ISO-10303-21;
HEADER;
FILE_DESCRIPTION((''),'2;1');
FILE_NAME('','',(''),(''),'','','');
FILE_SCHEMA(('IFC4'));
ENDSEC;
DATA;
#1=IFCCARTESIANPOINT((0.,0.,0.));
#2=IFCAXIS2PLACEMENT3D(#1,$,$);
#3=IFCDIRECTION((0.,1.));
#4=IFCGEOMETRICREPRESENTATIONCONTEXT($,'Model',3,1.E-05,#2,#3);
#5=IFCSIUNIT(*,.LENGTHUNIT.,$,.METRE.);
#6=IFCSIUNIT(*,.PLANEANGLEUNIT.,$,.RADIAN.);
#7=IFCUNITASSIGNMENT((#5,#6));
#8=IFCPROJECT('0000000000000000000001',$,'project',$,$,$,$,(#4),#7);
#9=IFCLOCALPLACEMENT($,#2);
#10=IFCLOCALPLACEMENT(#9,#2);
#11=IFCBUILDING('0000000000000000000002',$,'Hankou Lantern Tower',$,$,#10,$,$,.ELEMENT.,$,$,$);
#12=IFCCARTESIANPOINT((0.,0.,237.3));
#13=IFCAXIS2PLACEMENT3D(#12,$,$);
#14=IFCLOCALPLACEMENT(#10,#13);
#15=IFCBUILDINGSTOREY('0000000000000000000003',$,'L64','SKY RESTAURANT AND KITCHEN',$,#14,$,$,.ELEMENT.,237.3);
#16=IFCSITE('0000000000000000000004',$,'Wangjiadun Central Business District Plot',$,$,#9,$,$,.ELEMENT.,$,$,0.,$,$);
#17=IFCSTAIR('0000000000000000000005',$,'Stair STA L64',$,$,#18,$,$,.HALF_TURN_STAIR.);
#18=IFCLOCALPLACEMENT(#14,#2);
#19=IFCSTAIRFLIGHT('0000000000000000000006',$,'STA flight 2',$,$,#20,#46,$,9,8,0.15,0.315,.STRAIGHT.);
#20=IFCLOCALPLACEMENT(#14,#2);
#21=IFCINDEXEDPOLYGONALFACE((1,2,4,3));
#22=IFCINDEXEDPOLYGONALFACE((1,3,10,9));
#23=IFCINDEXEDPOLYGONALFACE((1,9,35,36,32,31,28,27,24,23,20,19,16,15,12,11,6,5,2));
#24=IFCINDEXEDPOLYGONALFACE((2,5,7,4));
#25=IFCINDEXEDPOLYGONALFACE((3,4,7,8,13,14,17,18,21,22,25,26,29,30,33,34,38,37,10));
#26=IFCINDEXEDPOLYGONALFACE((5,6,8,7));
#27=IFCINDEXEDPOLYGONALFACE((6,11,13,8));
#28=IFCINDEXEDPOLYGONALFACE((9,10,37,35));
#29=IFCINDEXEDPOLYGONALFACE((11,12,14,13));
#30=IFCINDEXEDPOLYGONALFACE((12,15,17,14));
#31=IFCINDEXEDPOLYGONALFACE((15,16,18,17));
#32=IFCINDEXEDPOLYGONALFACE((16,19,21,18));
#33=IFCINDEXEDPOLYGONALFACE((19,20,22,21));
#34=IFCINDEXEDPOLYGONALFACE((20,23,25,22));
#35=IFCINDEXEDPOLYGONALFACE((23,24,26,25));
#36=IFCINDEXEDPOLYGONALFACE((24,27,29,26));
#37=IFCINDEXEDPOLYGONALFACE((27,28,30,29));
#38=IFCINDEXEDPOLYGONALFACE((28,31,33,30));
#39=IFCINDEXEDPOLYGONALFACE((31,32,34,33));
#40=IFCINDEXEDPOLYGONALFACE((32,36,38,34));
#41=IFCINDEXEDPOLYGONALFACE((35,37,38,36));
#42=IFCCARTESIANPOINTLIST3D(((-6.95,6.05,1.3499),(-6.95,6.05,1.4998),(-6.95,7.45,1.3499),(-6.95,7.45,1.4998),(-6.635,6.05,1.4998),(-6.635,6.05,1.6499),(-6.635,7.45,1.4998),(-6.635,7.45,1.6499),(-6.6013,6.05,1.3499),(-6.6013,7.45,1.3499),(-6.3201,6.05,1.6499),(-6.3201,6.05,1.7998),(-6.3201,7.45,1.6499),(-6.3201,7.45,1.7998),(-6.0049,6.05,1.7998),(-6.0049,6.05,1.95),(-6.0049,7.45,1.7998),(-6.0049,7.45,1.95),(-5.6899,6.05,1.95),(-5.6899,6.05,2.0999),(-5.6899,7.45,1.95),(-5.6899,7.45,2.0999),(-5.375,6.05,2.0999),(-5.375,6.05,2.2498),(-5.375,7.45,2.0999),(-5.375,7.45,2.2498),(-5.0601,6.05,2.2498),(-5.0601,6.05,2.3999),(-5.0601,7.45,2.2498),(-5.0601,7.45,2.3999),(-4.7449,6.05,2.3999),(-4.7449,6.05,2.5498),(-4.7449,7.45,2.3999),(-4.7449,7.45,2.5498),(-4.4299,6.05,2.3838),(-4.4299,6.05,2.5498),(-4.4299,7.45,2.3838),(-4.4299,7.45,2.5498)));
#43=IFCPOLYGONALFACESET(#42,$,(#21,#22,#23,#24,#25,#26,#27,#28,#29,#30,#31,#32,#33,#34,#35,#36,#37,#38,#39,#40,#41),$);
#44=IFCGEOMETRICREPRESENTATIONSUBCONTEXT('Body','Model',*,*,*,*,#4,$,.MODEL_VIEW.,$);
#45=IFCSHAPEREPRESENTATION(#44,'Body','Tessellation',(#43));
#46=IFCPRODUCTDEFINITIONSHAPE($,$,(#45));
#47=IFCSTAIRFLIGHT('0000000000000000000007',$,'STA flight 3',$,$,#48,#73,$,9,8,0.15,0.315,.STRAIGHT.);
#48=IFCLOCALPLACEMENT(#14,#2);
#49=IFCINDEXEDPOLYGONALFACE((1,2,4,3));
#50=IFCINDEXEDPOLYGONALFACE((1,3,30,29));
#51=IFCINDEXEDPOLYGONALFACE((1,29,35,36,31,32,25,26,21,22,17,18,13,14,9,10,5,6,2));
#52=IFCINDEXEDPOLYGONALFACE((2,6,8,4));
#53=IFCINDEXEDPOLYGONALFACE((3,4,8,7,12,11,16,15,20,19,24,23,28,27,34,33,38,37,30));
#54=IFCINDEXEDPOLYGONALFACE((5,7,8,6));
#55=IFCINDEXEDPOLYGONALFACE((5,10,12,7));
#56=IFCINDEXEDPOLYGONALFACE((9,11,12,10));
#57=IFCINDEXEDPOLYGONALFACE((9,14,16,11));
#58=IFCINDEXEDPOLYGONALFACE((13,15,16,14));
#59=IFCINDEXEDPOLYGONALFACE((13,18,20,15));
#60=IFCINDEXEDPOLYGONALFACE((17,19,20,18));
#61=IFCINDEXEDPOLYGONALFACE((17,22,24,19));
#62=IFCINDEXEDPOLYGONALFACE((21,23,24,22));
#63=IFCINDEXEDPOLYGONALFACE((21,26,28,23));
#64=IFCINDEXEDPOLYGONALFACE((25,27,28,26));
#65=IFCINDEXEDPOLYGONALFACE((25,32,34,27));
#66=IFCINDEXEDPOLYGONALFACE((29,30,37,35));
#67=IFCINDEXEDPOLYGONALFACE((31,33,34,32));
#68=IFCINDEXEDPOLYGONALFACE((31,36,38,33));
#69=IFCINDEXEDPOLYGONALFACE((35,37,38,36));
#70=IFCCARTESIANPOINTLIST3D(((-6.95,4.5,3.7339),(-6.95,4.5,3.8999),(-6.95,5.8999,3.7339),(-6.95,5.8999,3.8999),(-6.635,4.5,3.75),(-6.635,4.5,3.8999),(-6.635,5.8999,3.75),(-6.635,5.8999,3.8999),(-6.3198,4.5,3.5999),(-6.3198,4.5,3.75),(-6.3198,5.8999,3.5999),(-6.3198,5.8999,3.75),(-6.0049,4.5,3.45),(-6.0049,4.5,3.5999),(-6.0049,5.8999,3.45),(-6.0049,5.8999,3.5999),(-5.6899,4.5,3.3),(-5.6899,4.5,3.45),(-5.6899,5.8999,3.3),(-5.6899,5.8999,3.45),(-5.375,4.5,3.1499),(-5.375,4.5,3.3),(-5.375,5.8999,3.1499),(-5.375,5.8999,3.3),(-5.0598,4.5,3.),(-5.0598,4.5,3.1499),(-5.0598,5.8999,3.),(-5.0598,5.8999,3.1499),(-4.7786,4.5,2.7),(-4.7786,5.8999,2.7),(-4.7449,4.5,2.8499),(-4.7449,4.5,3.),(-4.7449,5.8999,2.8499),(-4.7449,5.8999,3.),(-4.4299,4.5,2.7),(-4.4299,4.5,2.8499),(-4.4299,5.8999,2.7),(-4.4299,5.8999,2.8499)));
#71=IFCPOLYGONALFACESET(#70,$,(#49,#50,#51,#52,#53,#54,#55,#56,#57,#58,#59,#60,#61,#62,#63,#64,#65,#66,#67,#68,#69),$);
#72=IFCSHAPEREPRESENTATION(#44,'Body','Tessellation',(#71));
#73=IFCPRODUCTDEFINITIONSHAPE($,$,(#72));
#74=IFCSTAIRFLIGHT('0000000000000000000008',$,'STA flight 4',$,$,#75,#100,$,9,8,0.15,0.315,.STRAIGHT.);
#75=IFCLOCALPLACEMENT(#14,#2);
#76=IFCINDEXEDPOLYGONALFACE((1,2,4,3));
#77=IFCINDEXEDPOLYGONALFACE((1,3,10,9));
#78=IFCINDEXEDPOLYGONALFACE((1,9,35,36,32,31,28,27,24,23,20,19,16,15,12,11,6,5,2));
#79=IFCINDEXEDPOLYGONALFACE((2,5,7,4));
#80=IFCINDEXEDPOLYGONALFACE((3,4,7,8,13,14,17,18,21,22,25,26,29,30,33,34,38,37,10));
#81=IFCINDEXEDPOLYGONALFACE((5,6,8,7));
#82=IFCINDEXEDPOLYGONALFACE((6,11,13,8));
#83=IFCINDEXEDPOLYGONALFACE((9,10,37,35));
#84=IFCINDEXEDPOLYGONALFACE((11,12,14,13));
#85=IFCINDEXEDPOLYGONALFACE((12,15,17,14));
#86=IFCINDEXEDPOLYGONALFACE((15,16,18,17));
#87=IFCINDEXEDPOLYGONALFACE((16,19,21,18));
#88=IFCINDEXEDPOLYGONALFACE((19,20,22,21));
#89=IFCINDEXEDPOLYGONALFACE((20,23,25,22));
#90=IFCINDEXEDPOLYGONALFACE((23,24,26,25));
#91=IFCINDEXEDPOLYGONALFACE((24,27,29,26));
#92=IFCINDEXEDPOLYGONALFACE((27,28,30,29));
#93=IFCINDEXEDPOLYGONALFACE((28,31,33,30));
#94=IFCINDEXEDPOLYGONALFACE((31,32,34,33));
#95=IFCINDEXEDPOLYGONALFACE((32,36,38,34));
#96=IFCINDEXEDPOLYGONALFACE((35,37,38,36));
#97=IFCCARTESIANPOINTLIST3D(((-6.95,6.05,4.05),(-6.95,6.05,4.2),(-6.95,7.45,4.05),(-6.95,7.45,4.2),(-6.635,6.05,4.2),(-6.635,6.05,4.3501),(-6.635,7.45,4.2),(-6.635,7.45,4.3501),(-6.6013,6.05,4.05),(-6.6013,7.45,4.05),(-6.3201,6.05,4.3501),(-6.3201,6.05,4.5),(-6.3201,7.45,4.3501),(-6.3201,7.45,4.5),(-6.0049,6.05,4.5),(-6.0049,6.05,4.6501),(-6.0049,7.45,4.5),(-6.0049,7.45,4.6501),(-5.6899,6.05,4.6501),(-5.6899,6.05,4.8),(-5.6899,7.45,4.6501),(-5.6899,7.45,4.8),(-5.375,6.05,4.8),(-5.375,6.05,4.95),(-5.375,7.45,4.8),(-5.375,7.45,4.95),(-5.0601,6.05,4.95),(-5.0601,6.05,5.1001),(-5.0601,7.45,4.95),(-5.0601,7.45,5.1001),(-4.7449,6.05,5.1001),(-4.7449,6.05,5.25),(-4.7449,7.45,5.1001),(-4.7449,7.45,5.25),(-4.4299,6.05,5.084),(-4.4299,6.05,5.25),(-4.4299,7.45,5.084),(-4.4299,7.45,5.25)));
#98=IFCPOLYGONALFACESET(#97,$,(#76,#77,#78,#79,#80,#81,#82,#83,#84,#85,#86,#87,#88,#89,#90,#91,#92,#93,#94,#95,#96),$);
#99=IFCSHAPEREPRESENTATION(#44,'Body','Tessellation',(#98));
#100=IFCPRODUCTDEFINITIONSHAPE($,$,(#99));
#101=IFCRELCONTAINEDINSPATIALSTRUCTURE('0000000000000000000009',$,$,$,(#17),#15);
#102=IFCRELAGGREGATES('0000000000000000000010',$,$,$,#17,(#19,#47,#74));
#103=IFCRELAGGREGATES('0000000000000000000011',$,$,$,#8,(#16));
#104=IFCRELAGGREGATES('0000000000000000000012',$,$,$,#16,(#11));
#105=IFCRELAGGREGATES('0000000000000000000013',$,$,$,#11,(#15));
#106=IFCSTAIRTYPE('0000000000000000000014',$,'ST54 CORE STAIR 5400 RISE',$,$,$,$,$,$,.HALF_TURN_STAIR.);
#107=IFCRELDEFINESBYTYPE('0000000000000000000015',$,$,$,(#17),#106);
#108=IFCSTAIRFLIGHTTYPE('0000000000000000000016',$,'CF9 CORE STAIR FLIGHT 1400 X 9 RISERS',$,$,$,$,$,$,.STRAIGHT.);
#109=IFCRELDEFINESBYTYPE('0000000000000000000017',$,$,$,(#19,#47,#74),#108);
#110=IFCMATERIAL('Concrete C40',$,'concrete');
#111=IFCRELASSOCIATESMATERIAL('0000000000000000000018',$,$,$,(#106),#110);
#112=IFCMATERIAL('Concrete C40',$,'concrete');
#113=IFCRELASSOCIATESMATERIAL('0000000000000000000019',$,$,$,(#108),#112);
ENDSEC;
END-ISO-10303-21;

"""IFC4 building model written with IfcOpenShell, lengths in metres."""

from ifc_helpers import new_model, si_unit, direction, frame, origin, place, context, subcontext, project, spatial, polyline, outline, extrude, material, type_object, element, aggregate, save


model = new_model("IFC4")

# Units and contexts
model_context = context("Model", 3, precision=1e-05, world=origin(), true_north=direction((0.0, 1.0)))
body_context = subcontext(model_context, "Body", "Model", "MODEL_VIEW")
ifc_project = project(units=[si_unit("LENGTHUNIT", "METRE"), si_unit("PLANEANGLEUNIT", "RADIAN")], contexts=[model_context])

# Site, building, storey
site_placement = place(None, origin())
site = spatial("IfcSite", under=ifc_project, at=site_placement, Name="Wangjiadun Central Business District Plot", CompositionType="ELEMENT", RefElevation=0.0)
building_placement = place(site_placement, origin())
building = spatial("IfcBuilding", under=site, at=building_placement, Name="Hankou Lantern Tower", CompositionType="ELEMENT")
storey_placement = place(building_placement, frame((0.0, 0.0, 237.3)))
storey = spatial("IfcBuildingStorey", under=building, at=storey_placement, Name="L64", Description="SKY RESTAURANT AND KITCHEN", CompositionType="ELEMENT", Elevation=237.3)

# Stair, stair flights
ifc_material_1 = material(Name="Concrete C40", Category="concrete")
stair_type = type_object("IfcStairType", Name="ST54 CORE STAIR 5400 RISE", PredefinedType="HALF_TURN_STAIR", material=ifc_material_1)
stair_placement = place(storey_placement, origin())
stair = element("IfcStair", 1, at=stair_placement, inside=storey, type_object=stair_type, Name="Stair STA L64", PredefinedType="HALF_TURN_STAIR")
ifc_material_2 = material(Name="Concrete C40", Category="concrete")
stair_flight_type = type_object("IfcStairFlightType", Name="CF9 CORE STAIR FLIGHT 1400 X 9 RISERS", PredefinedType="STRAIGHT", material=ifc_material_2)
stair_flight_1_placement = place(storey_placement, frame((-6.95, 6.75, 1.3499), z_axis=(0.0, 0.0, 1.0), x_axis=(1.0, 0.0, 0.0)))
stair_flight_1 = element("IfcStairFlight", 2, at=stair_flight_1_placement, type_object=stair_flight_type, Name="STA flight 2", NumberOfRisers=9, NumberOfTreads=8, PredefinedType="STRAIGHT", RiserHeight=0.15, TreadLength=0.315, context=body_context, shape_type="SweptSolid", body=[
    extrude(outline(polyline([(0.0, 0.0), (0.0, 0.1499), (0.3149, 0.1499), (0.3149, 0.3), (0.6299, 0.3), (0.6299, 0.45), (0.9451, 0.45), (0.9451, 0.6001), (1.26, 0.6001), (1.26, 0.75), (1.575, 0.75), (1.575, 0.8999), (1.8899, 0.8999), (1.8899, 1.05), (2.2051, 1.05), (2.2051, 1.2), (2.52, 1.2), (2.52, 1.3501), (2.52, 1.0339), (0.3486, 0.0), (0.0, 0.0)])), frame((0.0, 0.7, 0.0), z_axis=(0.0, -1.0, 0.0), x_axis=(1.0, 0.0, 0.0)), (0.0, 0.0, 1.0), 1.3999),
])
stair_flight_2_placement = place(storey_placement, frame((-4.4299, 5.2, 2.7), z_axis=(0.0, 0.0, 1.0), x_axis=(-1.0, 0.0, 0.0)))
stair_flight_2 = element("IfcStairFlight", 3, at=stair_flight_2_placement, type_object=stair_flight_type, Name="STA flight 3", NumberOfRisers=9, NumberOfTreads=8, PredefinedType="STRAIGHT", RiserHeight=0.15, TreadLength=0.315, context=body_context, shape_type="SweptSolid", body=[
    extrude(outline(polyline([(0.0, 0.0), (0.0, 0.1499), (0.3149, 0.1499), (0.3149, 0.3), (0.6299, 0.3), (0.6299, 0.45), (0.9451, 0.45), (0.9451, 0.6001), (1.26, 0.6001), (1.26, 0.75), (1.575, 0.75), (1.575, 0.8999), (1.8899, 0.8999), (1.8899, 1.05), (2.2051, 1.05), (2.2051, 1.2), (2.52, 1.2), (2.52, 1.3501), (2.52, 1.0339), (0.3486, 0.0), (0.0, 0.0)])), frame((0.0, 0.7, 0.0), z_axis=(0.0, -1.0, 0.0), x_axis=(1.0, 0.0, 0.0)), (0.0, 0.0, 1.0), 1.3999),
])
stair_flight_3_placement = place(storey_placement, frame((-6.95, 6.75, 4.05), z_axis=(0.0, 0.0, 1.0), x_axis=(1.0, 0.0, 0.0)))
stair_flight_3 = element("IfcStairFlight", 4, at=stair_flight_3_placement, type_object=stair_flight_type, Name="STA flight 4", NumberOfRisers=9, NumberOfTreads=8, PredefinedType="STRAIGHT", RiserHeight=0.15, TreadLength=0.315, context=body_context, shape_type="SweptSolid", body=[
    extrude(outline(polyline([(0.0, 0.0), (0.0, 0.1499), (0.3149, 0.1499), (0.3149, 0.3), (0.6299, 0.3), (0.6299, 0.45), (0.9451, 0.45), (0.9451, 0.6001), (1.26, 0.6001), (1.26, 0.75), (1.575, 0.75), (1.575, 0.8999), (1.8899, 0.8999), (1.8899, 1.05), (2.2051, 1.05), (2.2051, 1.2), (2.52, 1.2), (2.52, 1.3501), (2.52, 1.0339), (0.3486, 0.0), (0.0, 0.0)])), frame((0.0, 0.7, 0.0), z_axis=(0.0, -1.0, 0.0), x_axis=(1.0, 0.0, 0.0)), (0.0, 0.0, 1.0), 1.3999),
])
aggregate(stair, [stair_flight_1, stair_flight_2, stair_flight_3])

save(model, "model.ifc")
